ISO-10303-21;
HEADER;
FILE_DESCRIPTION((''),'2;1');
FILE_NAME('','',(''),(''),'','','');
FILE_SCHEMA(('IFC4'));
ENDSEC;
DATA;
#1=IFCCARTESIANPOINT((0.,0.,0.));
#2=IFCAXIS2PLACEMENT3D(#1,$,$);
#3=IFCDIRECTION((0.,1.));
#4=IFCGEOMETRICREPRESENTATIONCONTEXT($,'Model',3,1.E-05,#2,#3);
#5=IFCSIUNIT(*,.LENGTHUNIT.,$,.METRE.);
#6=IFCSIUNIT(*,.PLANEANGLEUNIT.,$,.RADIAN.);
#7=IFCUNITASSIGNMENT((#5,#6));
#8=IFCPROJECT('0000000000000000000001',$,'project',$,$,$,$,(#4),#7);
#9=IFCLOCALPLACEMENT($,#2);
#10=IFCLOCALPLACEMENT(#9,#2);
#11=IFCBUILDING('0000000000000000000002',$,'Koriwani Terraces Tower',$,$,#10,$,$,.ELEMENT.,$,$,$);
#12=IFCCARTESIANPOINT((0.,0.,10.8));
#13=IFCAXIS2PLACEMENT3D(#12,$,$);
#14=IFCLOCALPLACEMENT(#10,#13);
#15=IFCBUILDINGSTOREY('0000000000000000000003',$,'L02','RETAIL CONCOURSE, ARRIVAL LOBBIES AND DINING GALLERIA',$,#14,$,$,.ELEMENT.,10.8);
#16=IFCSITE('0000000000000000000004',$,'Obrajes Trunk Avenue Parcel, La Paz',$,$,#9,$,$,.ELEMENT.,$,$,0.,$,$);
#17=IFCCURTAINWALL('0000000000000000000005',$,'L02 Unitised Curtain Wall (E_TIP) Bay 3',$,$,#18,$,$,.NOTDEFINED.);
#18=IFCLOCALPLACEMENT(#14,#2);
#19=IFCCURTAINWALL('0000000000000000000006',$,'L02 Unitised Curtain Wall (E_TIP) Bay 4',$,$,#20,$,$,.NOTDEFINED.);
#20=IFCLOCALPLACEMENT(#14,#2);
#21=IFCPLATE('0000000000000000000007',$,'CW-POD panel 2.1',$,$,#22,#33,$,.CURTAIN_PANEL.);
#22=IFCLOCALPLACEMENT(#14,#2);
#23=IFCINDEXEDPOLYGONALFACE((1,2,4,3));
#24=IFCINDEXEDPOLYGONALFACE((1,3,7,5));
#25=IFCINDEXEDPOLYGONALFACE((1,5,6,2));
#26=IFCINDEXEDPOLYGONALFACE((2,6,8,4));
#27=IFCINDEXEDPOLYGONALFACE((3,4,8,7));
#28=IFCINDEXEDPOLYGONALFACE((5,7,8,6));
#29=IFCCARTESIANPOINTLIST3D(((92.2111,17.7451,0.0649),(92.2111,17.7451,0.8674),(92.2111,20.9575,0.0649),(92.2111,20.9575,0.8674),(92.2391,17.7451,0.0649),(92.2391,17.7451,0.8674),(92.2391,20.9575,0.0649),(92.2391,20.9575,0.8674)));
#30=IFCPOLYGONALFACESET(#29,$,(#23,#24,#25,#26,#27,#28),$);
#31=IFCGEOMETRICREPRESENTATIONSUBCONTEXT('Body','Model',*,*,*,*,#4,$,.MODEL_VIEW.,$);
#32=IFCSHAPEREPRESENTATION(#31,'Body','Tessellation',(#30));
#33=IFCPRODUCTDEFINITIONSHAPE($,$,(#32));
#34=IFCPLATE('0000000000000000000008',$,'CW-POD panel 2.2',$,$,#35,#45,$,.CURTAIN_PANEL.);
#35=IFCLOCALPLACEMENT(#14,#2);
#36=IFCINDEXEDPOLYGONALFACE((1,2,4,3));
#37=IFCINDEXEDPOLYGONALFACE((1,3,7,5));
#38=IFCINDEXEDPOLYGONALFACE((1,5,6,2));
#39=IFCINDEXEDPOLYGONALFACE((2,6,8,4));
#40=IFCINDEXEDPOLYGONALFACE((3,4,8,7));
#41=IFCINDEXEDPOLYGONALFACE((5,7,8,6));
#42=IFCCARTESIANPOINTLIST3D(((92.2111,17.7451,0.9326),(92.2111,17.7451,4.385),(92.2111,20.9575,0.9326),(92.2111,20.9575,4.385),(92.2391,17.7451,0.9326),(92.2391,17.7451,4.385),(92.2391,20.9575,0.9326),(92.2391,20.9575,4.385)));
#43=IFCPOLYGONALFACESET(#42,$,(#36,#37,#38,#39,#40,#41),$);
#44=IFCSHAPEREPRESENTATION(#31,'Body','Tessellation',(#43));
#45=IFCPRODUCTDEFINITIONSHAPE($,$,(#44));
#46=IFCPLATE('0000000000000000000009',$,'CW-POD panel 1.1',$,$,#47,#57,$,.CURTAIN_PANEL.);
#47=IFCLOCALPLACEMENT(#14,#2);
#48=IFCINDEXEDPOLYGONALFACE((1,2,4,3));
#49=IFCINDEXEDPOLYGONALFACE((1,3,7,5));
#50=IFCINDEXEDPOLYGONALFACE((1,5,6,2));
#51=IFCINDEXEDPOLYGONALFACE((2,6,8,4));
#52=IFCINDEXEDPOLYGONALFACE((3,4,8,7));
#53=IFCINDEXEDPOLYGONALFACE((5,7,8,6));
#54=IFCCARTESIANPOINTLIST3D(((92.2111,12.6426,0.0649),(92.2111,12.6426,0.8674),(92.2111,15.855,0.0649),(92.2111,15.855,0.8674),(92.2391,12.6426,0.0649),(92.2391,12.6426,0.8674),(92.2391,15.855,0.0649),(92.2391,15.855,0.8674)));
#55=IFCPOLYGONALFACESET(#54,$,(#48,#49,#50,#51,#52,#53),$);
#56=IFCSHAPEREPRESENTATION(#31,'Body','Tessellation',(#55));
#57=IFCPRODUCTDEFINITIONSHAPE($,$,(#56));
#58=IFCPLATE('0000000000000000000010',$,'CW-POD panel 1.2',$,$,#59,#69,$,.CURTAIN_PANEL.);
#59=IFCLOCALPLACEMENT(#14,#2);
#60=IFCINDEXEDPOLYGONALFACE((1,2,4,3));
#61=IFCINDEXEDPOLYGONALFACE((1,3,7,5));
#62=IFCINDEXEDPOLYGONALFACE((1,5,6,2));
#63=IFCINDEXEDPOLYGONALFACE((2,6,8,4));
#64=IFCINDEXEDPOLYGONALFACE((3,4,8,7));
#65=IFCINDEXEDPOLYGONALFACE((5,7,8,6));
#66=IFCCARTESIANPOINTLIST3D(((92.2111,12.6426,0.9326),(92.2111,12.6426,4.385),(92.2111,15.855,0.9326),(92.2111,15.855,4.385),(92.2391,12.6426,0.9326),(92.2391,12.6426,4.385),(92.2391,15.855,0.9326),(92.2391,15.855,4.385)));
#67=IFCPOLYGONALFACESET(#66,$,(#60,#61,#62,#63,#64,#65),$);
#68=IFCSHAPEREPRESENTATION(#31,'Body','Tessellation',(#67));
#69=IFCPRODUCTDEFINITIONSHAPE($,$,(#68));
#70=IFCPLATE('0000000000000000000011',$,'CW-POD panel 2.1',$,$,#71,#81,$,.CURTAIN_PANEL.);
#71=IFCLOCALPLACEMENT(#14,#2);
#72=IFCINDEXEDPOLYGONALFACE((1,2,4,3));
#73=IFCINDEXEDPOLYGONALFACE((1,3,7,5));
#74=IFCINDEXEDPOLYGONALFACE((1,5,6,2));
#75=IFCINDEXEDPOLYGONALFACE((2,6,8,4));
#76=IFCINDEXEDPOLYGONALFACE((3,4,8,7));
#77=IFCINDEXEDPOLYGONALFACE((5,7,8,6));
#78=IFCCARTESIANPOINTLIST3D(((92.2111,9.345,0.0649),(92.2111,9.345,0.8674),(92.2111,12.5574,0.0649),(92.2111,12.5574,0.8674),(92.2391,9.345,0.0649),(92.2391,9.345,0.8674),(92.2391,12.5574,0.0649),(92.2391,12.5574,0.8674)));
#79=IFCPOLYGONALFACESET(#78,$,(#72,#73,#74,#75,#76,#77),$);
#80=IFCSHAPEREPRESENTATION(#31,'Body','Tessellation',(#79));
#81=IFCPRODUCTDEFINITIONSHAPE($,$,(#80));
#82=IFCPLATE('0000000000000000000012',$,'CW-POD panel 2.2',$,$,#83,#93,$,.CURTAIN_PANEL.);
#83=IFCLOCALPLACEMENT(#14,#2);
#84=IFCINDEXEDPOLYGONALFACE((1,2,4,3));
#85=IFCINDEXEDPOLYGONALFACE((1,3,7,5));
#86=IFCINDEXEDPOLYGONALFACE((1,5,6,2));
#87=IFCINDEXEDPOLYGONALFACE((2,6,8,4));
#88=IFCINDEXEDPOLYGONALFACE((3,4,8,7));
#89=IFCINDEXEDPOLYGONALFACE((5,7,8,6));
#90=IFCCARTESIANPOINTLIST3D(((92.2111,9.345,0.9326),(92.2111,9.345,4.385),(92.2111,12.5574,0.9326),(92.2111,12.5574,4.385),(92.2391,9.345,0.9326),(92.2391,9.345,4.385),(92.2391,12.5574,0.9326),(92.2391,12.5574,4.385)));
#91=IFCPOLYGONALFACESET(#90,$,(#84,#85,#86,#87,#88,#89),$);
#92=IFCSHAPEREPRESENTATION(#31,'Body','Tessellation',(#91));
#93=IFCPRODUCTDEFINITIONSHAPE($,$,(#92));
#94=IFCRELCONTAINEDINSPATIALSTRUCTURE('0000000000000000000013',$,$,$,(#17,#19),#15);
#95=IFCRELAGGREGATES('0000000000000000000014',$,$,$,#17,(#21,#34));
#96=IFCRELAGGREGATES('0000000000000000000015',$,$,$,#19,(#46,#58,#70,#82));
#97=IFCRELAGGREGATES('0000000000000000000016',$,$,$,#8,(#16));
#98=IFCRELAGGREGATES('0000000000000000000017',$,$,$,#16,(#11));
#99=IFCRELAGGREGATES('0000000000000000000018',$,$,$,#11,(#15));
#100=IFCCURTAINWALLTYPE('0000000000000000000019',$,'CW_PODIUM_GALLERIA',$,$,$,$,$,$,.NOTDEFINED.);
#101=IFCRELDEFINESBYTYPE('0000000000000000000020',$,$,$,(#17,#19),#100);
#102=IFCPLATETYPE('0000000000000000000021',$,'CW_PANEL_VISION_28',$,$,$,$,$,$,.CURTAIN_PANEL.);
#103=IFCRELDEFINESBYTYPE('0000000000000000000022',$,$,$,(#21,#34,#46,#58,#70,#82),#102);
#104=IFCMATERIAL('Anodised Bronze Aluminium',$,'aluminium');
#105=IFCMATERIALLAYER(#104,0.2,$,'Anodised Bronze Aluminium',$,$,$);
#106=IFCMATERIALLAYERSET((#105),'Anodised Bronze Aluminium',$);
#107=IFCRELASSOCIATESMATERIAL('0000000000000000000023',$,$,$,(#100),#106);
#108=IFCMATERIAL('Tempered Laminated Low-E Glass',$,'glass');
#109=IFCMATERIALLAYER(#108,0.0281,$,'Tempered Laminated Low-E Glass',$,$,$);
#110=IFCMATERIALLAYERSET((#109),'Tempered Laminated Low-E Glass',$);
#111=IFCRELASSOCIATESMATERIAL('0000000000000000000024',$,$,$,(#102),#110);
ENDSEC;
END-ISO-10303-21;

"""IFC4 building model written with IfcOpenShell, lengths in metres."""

from ifc_helpers import new_model, si_unit, direction, frame, origin, origin_2d, place, context, subcontext, project, spatial, rectangle, extrude, material, layer, layer_set, type_object, element, aggregate, save


model = new_model("IFC4")

# Units and contexts
model_context = context("Model", 3, precision=1e-05, world=origin(), true_north=direction((0.0, 1.0)))
body_context = subcontext(model_context, "Body", "Model", "MODEL_VIEW")
ifc_project = project(units=[si_unit("LENGTHUNIT", "METRE"), si_unit("PLANEANGLEUNIT", "RADIAN")], contexts=[model_context])

# Site, building, storey
site_placement = place(None, origin())
site = spatial("IfcSite", under=ifc_project, at=site_placement, Name="Obrajes Trunk Avenue Parcel, La Paz", CompositionType="ELEMENT", RefElevation=0.0)
building_placement = place(site_placement, origin())
building = spatial("IfcBuilding", under=site, at=building_placement, Name="Koriwani Terraces Tower", CompositionType="ELEMENT")
storey_placement = place(building_placement, frame((0.0, 0.0, 10.8)))
storey = spatial("IfcBuildingStorey", under=building, at=storey_placement, Name="L02", Description="RETAIL CONCOURSE, ARRIVAL LOBBIES AND DINING GALLERIA", CompositionType="ELEMENT", Elevation=10.8)

# Curtain wall
ifc_material_1 = material(Name="Anodised Bronze Aluminium", Category="aluminium")
ifc_layer_1 = layer(ifc_material_1, 0.2, Name="Anodised Bronze Aluminium")
ifc_layer_set_1 = layer_set([ifc_layer_1], Name="Anodised Bronze Aluminium")
curtain_wall_type = type_object("IfcCurtainWallType", Name="CW_PODIUM_GALLERIA", PredefinedType="NOTDEFINED", material=ifc_layer_set_1)
curtain_wall_1_placement = place(storey_placement, origin())
curtain_wall_1 = element("IfcCurtainWall", 1, at=curtain_wall_1_placement, inside=storey, type_object=curtain_wall_type, Name="L02 Unitised Curtain Wall (E_TIP) Bay 3", PredefinedType="NOTDEFINED")

# Curtain wall
curtain_wall_2_placement = place(storey_placement, origin())
curtain_wall_2 = element("IfcCurtainWall", 2, at=curtain_wall_2_placement, inside=storey, type_object=curtain_wall_type, Name="L02 Unitised Curtain Wall (E_TIP) Bay 4", PredefinedType="NOTDEFINED")

# Plates
ifc_material_2 = material(Name="Tempered Laminated Low-E Glass", Category="glass")
ifc_layer_2 = layer(ifc_material_2, 0.0281, Name="Tempered Laminated Low-E Glass")
ifc_layer_set_2 = layer_set([ifc_layer_2], Name="Tempered Laminated Low-E Glass")
plate_type = type_object("IfcPlateType", Name="CW_PANEL_VISION_28", PredefinedType="CURTAIN_PANEL", material=ifc_layer_set_2)
plate_1_placement = place(storey_placement, frame((92.2251, 19.3513, 0.0649), z_axis=(0.0, 0.0, 1.0), x_axis=(0.0, -1.0, 0.0)))
plate_1 = element("IfcPlate", 3, at=plate_1_placement, type_object=plate_type, Name="CW-POD panel 2.1", PredefinedType="CURTAIN_PANEL", context=body_context, shape_type="SweptSolid", body=[
    extrude(rectangle(XDim=3.2124, YDim=0.0281, at=origin_2d()), origin(), (0.0, 0.0, 1.0), 0.8025),
])
plate_2_placement = place(storey_placement, frame((92.2251, 19.3513, 0.9326), z_axis=(0.0, 0.0, 1.0), x_axis=(0.0, -1.0, 0.0)))
plate_2 = element("IfcPlate", 4, at=plate_2_placement, type_object=plate_type, Name="CW-POD panel 2.2", PredefinedType="CURTAIN_PANEL", context=body_context, shape_type="SweptSolid", body=[
    extrude(rectangle(XDim=3.2124, YDim=0.0281, at=origin_2d()), origin(), (0.0, 0.0, 1.0), 3.4524),
])
aggregate(curtain_wall_1, [plate_1, plate_2])
plate_3_placement = place(storey_placement, frame((92.2251, 14.2488, 0.0649), z_axis=(0.0, 0.0, 1.0), x_axis=(0.0, -1.0, 0.0)))
plate_3 = element("IfcPlate", 5, at=plate_3_placement, type_object=plate_type, Name="CW-POD panel 1.1", PredefinedType="CURTAIN_PANEL", context=body_context, shape_type="SweptSolid", body=[
    extrude(rectangle(XDim=3.2124, YDim=0.0281, at=origin_2d()), origin(), (0.0, 0.0, 1.0), 0.8025),
])
plate_4_placement = place(storey_placement, frame((92.2251, 14.2488, 0.9326), z_axis=(0.0, 0.0, 1.0), x_axis=(0.0, -1.0, 0.0)))
plate_4 = element("IfcPlate", 6, at=plate_4_placement, type_object=plate_type, Name="CW-POD panel 1.2", PredefinedType="CURTAIN_PANEL", context=body_context, shape_type="SweptSolid", body=[
    extrude(rectangle(XDim=3.2124, YDim=0.0281, at=origin_2d()), origin(), (0.0, 0.0, 1.0), 3.4524),
])
plate_5_placement = place(storey_placement, frame((92.2251, 10.9512, 0.0649), z_axis=(0.0, 0.0, 1.0), x_axis=(0.0, -1.0, 0.0)))
plate_5 = element("IfcPlate", 7, at=plate_5_placement, type_object=plate_type, Name="CW-POD panel 2.1", PredefinedType="CURTAIN_PANEL", context=body_context, shape_type="SweptSolid", body=[
    extrude(rectangle(XDim=3.2124, YDim=0.0281, at=origin_2d()), origin(), (0.0, 0.0, 1.0), 0.8025),
])
plate_6_placement = place(storey_placement, frame((92.2251, 10.9512, 0.9326), z_axis=(0.0, 0.0, 1.0), x_axis=(0.0, -1.0, 0.0)))
plate_6 = element("IfcPlate", 8, at=plate_6_placement, type_object=plate_type, Name="CW-POD panel 2.2", PredefinedType="CURTAIN_PANEL", context=body_context, shape_type="SweptSolid", body=[
    extrude(rectangle(XDim=3.2124, YDim=0.0281, at=origin_2d()), origin(), (0.0, 0.0, 1.0), 3.4524),
])
aggregate(curtain_wall_2, [plate_3, plate_4, plate_5, plate_6])

save(model, "model.ifc")
